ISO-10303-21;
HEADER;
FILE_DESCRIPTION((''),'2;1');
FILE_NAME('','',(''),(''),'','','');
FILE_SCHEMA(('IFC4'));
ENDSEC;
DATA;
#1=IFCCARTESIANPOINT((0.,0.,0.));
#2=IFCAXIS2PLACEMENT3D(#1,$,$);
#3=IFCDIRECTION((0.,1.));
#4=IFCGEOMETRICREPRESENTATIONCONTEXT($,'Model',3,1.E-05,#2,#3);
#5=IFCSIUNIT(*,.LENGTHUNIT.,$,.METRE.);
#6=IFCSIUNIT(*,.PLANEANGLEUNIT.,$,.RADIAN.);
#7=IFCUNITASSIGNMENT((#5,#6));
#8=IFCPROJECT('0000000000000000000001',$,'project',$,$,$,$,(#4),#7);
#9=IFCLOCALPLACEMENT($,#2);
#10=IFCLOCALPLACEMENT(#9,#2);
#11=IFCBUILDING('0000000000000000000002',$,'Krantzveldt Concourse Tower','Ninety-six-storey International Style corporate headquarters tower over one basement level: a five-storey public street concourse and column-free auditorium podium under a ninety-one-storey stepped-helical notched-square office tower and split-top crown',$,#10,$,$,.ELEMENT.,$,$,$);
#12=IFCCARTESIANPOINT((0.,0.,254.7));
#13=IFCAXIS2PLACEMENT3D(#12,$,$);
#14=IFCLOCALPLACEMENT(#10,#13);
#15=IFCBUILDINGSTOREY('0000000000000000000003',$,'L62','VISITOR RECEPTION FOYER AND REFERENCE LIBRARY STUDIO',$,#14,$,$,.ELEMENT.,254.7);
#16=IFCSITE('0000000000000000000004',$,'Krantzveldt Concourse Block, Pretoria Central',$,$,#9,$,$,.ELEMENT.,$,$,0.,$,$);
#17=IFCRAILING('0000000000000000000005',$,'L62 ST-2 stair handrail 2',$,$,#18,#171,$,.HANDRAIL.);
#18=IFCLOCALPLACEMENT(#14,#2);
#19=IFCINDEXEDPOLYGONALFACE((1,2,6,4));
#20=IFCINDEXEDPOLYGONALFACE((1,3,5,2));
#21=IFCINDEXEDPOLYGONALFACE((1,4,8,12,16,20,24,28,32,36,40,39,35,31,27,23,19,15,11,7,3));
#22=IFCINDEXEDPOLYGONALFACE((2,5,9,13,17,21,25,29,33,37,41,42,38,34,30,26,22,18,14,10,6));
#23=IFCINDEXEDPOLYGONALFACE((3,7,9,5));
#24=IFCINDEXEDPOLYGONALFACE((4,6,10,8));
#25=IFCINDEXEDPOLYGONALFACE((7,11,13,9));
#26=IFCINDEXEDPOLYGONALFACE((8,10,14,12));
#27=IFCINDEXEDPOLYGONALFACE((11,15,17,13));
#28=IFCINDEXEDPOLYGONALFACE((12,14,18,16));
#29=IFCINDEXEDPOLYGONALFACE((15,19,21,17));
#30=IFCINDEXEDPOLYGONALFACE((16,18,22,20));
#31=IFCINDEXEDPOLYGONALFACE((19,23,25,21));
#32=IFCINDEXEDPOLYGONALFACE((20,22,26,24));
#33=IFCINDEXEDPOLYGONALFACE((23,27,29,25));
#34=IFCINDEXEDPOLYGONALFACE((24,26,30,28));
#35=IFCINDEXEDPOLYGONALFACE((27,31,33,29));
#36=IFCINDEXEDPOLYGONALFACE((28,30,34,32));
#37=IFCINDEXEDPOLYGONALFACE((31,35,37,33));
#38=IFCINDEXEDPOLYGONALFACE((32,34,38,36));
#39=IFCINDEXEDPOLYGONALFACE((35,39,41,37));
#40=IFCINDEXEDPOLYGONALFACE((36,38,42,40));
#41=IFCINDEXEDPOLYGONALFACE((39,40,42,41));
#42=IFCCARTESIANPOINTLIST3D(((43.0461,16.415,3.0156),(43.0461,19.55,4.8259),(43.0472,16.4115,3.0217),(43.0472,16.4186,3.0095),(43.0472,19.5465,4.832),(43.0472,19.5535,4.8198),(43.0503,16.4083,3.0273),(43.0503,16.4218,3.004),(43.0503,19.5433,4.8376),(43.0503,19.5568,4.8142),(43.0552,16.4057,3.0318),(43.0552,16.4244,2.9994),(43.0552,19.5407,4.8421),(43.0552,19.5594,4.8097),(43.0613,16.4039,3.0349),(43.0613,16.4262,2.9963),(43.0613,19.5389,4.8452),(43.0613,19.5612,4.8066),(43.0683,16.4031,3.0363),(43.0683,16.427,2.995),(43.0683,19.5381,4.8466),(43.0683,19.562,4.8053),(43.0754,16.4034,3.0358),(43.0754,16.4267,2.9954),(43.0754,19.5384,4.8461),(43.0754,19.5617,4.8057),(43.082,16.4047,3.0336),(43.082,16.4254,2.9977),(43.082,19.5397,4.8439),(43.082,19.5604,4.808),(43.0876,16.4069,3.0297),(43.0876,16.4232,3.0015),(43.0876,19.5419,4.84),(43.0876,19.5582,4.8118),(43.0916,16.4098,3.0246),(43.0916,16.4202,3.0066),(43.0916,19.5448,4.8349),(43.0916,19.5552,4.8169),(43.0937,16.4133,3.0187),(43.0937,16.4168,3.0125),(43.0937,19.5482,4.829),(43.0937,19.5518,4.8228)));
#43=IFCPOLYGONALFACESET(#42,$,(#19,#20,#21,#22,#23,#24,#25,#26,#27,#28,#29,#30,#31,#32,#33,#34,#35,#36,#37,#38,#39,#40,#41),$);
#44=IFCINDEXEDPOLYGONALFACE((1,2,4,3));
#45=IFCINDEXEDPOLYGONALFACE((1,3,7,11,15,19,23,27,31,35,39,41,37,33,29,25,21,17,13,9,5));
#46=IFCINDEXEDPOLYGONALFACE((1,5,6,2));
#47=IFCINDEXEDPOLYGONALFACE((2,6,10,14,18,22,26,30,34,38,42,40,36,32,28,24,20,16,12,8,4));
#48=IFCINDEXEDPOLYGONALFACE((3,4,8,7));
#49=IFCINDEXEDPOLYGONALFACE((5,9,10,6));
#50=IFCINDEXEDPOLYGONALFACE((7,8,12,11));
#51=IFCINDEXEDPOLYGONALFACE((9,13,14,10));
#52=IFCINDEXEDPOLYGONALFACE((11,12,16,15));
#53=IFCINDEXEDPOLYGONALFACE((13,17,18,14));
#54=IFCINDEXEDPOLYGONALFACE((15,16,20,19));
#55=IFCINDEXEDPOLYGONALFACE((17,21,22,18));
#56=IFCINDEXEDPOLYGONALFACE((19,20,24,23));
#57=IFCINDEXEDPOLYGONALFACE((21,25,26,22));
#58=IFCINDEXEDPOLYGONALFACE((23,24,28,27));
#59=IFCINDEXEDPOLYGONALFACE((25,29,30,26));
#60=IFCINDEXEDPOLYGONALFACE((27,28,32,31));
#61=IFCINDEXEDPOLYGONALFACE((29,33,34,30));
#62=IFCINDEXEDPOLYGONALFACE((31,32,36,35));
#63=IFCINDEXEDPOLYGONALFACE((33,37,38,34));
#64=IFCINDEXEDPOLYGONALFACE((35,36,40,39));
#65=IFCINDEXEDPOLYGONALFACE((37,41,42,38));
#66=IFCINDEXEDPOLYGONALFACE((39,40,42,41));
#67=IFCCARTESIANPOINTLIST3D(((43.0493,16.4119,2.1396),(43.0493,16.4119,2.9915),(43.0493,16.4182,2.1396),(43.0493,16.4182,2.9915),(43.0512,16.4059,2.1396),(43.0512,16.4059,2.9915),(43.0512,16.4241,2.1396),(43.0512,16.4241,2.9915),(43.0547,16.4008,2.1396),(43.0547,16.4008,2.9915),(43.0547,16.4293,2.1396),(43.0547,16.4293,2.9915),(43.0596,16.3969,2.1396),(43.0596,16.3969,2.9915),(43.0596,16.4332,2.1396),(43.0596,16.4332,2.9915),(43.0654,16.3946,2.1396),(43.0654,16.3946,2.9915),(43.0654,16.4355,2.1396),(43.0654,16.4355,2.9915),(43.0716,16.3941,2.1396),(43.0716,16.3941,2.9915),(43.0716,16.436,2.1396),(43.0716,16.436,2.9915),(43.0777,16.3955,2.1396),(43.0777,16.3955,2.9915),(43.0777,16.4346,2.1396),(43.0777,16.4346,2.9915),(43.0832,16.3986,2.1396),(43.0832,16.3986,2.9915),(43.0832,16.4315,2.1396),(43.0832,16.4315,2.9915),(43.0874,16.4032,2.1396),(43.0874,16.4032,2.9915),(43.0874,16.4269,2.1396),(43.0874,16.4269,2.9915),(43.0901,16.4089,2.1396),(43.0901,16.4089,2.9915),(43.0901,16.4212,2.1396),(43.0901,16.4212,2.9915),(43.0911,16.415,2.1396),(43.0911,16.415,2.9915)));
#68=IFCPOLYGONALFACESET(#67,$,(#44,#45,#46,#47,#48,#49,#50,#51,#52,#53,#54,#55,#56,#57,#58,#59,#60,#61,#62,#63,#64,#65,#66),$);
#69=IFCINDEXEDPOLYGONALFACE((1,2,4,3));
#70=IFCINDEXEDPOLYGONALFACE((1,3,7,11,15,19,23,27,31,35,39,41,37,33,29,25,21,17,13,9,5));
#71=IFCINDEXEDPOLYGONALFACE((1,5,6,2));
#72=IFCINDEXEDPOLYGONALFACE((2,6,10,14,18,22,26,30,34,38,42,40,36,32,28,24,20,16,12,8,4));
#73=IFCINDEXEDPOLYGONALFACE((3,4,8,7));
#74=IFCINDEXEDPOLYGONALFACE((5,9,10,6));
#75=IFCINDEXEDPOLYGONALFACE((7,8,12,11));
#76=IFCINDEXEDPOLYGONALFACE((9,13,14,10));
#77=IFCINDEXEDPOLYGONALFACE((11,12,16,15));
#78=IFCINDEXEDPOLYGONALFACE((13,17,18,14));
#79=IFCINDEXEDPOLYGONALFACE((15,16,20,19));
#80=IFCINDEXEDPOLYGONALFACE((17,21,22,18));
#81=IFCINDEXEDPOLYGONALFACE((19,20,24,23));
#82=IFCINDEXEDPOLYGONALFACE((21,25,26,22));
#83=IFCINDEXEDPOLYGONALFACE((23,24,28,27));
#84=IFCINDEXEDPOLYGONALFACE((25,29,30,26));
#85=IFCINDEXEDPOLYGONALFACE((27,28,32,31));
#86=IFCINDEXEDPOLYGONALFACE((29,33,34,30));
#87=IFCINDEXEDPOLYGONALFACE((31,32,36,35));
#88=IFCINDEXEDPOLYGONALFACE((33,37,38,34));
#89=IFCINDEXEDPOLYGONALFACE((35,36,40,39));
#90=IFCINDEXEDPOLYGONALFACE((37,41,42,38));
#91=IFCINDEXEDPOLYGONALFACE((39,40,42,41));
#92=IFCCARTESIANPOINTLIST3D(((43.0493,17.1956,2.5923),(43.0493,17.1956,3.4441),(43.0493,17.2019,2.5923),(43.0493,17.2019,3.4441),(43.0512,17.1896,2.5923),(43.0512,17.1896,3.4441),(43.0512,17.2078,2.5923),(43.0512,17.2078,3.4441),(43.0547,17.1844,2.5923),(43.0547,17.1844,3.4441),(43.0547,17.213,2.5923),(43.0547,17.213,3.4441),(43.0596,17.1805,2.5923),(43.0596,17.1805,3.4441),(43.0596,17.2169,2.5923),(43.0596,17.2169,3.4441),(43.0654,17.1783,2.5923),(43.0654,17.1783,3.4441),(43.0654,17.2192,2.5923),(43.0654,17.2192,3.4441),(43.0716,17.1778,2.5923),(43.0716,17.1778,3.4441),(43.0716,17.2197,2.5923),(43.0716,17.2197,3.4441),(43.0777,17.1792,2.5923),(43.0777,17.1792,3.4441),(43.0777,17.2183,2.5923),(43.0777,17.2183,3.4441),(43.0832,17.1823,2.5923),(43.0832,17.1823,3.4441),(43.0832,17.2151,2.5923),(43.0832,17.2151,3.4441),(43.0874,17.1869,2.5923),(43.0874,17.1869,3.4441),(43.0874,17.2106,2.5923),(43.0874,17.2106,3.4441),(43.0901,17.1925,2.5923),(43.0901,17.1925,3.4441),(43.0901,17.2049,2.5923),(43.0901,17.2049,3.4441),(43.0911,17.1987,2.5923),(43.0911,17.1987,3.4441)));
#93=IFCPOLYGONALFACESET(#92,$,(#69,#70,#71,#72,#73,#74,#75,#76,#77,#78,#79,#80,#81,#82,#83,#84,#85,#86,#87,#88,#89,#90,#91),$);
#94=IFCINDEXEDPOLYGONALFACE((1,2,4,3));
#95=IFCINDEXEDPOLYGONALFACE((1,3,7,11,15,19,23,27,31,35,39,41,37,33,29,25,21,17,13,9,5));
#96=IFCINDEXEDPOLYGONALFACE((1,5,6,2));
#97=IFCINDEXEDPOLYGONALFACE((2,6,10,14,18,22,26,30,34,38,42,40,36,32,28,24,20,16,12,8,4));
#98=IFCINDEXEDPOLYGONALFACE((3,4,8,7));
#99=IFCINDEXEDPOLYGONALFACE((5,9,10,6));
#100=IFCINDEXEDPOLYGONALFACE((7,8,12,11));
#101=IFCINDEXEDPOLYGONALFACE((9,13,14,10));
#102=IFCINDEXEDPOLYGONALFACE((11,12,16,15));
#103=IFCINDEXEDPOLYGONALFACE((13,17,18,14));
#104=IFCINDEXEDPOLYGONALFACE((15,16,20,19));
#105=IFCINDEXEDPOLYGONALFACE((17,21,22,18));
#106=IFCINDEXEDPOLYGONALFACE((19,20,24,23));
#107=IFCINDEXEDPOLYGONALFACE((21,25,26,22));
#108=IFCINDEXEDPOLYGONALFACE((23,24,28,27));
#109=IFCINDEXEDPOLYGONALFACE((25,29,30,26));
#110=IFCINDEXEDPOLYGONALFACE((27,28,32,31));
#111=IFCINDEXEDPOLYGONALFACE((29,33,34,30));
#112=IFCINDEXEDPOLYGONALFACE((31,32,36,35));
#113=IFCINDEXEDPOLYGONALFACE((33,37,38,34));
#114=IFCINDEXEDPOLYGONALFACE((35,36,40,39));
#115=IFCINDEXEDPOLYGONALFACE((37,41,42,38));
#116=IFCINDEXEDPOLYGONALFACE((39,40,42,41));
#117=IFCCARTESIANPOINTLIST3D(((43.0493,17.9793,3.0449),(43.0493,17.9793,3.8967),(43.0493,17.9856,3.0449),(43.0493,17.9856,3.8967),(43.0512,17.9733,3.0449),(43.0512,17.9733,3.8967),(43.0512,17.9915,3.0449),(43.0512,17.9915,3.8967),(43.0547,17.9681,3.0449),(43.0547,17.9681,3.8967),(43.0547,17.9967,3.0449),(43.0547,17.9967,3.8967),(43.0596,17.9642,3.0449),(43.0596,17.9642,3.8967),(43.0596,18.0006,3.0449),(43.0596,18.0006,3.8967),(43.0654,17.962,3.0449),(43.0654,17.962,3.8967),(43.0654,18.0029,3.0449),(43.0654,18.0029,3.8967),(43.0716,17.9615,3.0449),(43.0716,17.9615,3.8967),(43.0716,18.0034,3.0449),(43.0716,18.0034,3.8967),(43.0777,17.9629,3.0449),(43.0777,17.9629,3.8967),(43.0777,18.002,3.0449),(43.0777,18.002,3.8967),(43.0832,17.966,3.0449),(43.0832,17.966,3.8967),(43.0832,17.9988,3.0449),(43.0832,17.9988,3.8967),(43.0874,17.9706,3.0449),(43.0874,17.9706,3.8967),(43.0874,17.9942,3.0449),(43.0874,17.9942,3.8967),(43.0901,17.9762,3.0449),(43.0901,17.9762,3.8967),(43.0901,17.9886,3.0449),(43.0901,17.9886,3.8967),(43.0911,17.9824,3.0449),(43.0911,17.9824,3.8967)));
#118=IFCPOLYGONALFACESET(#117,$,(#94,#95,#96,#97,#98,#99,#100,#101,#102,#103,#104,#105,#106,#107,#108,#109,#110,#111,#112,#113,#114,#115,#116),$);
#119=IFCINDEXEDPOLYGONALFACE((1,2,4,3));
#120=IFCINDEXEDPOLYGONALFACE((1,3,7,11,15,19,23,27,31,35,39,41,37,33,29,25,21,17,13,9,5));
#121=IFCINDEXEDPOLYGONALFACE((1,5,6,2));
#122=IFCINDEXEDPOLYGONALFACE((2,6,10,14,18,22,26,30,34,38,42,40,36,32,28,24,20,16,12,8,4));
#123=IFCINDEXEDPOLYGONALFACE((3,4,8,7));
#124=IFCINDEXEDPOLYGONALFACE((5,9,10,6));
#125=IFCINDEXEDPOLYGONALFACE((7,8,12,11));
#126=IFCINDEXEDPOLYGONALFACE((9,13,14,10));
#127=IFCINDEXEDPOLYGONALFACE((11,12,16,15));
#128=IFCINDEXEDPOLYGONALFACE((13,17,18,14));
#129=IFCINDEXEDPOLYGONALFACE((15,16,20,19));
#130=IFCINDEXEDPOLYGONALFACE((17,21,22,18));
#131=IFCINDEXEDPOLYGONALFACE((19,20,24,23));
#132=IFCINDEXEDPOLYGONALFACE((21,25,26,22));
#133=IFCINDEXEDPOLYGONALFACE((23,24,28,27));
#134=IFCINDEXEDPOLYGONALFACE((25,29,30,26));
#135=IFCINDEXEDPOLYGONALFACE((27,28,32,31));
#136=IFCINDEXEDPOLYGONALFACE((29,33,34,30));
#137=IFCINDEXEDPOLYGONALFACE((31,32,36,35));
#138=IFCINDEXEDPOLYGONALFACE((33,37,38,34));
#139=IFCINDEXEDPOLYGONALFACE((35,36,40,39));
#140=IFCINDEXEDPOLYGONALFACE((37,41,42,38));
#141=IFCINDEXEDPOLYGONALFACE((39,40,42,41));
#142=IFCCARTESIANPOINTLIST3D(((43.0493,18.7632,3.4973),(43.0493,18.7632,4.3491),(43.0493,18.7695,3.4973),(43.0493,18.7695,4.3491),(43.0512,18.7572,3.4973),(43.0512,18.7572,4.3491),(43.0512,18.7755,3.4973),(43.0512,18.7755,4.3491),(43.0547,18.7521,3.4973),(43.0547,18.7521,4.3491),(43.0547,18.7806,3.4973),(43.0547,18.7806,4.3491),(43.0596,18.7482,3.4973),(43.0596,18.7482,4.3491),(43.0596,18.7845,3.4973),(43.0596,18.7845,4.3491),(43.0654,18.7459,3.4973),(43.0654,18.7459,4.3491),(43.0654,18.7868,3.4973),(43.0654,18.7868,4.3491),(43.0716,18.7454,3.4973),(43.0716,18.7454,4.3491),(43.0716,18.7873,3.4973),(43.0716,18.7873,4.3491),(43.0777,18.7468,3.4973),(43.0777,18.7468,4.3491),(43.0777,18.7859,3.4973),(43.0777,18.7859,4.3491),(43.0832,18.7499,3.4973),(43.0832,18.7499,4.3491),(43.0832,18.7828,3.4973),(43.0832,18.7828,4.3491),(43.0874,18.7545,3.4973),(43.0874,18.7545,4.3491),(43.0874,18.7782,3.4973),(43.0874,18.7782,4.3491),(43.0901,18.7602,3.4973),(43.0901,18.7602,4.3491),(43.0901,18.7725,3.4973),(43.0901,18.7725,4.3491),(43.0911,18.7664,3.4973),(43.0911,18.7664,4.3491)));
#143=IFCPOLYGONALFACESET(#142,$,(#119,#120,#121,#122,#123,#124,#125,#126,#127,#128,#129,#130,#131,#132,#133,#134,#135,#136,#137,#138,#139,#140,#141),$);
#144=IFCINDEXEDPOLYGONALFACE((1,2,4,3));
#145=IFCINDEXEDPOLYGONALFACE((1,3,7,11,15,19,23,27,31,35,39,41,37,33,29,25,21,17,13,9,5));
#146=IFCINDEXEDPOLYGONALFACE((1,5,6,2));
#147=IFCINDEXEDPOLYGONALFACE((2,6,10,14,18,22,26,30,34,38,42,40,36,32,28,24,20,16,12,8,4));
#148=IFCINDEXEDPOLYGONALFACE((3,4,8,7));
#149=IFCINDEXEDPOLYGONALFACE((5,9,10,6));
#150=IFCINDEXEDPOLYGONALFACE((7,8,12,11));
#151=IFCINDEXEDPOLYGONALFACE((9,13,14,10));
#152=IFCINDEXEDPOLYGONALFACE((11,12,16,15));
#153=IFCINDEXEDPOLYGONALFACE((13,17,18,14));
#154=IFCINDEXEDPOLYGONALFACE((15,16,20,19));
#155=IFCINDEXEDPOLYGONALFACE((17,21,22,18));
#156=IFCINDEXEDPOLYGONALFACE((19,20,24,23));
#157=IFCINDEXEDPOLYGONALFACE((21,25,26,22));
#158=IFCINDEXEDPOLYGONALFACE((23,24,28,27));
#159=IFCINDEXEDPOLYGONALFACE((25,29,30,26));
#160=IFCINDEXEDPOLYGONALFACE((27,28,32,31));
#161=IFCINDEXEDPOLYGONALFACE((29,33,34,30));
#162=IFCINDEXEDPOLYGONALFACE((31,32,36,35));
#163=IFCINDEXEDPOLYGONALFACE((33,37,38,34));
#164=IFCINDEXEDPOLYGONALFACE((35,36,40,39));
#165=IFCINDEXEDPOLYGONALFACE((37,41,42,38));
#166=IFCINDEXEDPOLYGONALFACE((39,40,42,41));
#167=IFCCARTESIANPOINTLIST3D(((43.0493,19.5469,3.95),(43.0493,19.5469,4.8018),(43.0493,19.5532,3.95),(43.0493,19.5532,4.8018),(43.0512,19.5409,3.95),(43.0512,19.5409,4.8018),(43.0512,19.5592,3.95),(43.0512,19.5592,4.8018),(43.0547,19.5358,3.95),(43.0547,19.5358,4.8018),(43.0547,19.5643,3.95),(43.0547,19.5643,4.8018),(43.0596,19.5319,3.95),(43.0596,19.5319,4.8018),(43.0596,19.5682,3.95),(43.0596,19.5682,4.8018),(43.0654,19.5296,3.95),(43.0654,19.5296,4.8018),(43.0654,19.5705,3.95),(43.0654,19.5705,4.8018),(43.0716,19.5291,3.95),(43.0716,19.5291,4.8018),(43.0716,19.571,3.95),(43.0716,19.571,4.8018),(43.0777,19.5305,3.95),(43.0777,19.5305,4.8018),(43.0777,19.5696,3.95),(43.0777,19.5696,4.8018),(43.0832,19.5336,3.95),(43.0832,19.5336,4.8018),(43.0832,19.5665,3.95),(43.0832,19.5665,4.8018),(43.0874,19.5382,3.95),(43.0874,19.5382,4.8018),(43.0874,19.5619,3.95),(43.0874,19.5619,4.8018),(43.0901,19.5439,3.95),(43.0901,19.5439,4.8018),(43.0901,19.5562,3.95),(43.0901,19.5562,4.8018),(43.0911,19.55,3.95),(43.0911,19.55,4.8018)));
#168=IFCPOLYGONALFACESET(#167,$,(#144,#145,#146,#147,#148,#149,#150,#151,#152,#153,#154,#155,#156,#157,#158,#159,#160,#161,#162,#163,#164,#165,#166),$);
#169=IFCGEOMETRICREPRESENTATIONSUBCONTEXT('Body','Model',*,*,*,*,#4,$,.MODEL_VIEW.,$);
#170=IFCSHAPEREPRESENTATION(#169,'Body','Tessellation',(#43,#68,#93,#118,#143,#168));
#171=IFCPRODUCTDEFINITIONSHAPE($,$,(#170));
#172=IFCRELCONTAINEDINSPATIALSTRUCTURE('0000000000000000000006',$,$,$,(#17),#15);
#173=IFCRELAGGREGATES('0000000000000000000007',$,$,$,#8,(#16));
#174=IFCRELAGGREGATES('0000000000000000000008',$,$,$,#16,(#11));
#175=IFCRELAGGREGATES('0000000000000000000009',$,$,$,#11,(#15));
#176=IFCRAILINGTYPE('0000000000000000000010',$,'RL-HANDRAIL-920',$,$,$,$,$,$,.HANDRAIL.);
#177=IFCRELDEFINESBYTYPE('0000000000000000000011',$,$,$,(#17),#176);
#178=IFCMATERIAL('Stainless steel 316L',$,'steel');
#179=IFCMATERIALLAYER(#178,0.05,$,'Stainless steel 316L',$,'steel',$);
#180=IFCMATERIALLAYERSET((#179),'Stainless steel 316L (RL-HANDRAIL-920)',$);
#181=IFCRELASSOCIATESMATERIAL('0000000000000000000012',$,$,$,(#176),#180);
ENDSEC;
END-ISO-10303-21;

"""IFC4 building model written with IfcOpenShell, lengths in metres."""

from ifc_helpers import new_model, si_unit, direction, frame, origin, origin_2d, place, context, subcontext, project, spatial, circle, extrude, material, layer, layer_set, type_object, element, save


model = new_model("IFC4")

# Units and contexts
model_context = context("Model", 3, precision=1e-05, world=origin(), true_north=direction((0.0, 1.0)))
body_context = subcontext(model_context, "Body", "Model", "MODEL_VIEW")
ifc_project = project(units=[si_unit("LENGTHUNIT", "METRE"), si_unit("PLANEANGLEUNIT", "RADIAN")], contexts=[model_context])

# Site, building, storey
site_placement = place(None, origin())
site = spatial("IfcSite", under=ifc_project, at=site_placement, Name="Krantzveldt Concourse Block, Pretoria Central", CompositionType="ELEMENT", RefElevation=0.0)
building_placement = place(site_placement, origin())
building = spatial("IfcBuilding", under=site, at=building_placement, Name="Krantzveldt Concourse Tower", Description="Ninety-six-storey International Style corporate headquarters tower over one basement level: a five-storey public street concourse and column-free auditorium podium under a ninety-one-storey stepped-helical notched-square office tower and split-top crown", CompositionType="ELEMENT")
storey_placement = place(building_placement, frame((0.0, 0.0, 254.7)))
storey = spatial("IfcBuildingStorey", under=building, at=storey_placement, Name="L62", Description="VISITOR RECEPTION FOYER AND REFERENCE LIBRARY STUDIO", CompositionType="ELEMENT", Elevation=254.7)

# Railing
ifc_material_1 = material(Name="Stainless steel 316L", Category="steel")
ifc_layer_1 = layer(ifc_material_1, 0.05, Name="Stainless steel 316L", Category="steel")
ifc_layer_set_1 = layer_set([ifc_layer_1], Name="Stainless steel 316L (RL-HANDRAIL-920)")
railing_type = type_object("IfcRailingType", Name="RL-HANDRAIL-920", PredefinedType="HANDRAIL", material=ifc_layer_set_1)
railing_placement = place(storey_placement, frame((43.0701, 16.415, 2.1396)))
element("IfcRailing", 1, at=railing_placement, inside=storey, type_object=railing_type, Name="L62 ST-2 stair handrail 2", PredefinedType="HANDRAIL", context=body_context, shape_type="SweptSolid", body=[
    extrude(circle(Radius=0.0239, at=origin_2d()), frame((0.0, 0.0, 0.876), z_axis=(0.0, 0.865989, 0.500063), x_axis=(-1.0, 0.0, 0.0)), (0.0, 0.0, 1.0), 3.6201),
    extrude(circle(Radius=0.021, at=origin_2d()), origin(), (0.0, 0.0, 1.0), 0.8518),
    extrude(circle(Radius=0.021, at=origin_2d()), frame((0.0, 0.7837, 0.4526)), (0.0, 0.0, 1.0), 0.8518),
    extrude(circle(Radius=0.021, at=origin_2d()), frame((0.0, 1.5674, 0.9053)), (0.0, 0.0, 1.0), 0.8518),
    extrude(circle(Radius=0.021, at=origin_2d()), frame((0.0, 2.3513, 1.3577)), (0.0, 0.0, 1.0), 0.8518),
    extrude(circle(Radius=0.021, at=origin_2d()), frame((0.0, 3.135, 1.8103)), (0.0, 0.0, 1.0), 0.8518),
])

save(model, "model.ifc")
